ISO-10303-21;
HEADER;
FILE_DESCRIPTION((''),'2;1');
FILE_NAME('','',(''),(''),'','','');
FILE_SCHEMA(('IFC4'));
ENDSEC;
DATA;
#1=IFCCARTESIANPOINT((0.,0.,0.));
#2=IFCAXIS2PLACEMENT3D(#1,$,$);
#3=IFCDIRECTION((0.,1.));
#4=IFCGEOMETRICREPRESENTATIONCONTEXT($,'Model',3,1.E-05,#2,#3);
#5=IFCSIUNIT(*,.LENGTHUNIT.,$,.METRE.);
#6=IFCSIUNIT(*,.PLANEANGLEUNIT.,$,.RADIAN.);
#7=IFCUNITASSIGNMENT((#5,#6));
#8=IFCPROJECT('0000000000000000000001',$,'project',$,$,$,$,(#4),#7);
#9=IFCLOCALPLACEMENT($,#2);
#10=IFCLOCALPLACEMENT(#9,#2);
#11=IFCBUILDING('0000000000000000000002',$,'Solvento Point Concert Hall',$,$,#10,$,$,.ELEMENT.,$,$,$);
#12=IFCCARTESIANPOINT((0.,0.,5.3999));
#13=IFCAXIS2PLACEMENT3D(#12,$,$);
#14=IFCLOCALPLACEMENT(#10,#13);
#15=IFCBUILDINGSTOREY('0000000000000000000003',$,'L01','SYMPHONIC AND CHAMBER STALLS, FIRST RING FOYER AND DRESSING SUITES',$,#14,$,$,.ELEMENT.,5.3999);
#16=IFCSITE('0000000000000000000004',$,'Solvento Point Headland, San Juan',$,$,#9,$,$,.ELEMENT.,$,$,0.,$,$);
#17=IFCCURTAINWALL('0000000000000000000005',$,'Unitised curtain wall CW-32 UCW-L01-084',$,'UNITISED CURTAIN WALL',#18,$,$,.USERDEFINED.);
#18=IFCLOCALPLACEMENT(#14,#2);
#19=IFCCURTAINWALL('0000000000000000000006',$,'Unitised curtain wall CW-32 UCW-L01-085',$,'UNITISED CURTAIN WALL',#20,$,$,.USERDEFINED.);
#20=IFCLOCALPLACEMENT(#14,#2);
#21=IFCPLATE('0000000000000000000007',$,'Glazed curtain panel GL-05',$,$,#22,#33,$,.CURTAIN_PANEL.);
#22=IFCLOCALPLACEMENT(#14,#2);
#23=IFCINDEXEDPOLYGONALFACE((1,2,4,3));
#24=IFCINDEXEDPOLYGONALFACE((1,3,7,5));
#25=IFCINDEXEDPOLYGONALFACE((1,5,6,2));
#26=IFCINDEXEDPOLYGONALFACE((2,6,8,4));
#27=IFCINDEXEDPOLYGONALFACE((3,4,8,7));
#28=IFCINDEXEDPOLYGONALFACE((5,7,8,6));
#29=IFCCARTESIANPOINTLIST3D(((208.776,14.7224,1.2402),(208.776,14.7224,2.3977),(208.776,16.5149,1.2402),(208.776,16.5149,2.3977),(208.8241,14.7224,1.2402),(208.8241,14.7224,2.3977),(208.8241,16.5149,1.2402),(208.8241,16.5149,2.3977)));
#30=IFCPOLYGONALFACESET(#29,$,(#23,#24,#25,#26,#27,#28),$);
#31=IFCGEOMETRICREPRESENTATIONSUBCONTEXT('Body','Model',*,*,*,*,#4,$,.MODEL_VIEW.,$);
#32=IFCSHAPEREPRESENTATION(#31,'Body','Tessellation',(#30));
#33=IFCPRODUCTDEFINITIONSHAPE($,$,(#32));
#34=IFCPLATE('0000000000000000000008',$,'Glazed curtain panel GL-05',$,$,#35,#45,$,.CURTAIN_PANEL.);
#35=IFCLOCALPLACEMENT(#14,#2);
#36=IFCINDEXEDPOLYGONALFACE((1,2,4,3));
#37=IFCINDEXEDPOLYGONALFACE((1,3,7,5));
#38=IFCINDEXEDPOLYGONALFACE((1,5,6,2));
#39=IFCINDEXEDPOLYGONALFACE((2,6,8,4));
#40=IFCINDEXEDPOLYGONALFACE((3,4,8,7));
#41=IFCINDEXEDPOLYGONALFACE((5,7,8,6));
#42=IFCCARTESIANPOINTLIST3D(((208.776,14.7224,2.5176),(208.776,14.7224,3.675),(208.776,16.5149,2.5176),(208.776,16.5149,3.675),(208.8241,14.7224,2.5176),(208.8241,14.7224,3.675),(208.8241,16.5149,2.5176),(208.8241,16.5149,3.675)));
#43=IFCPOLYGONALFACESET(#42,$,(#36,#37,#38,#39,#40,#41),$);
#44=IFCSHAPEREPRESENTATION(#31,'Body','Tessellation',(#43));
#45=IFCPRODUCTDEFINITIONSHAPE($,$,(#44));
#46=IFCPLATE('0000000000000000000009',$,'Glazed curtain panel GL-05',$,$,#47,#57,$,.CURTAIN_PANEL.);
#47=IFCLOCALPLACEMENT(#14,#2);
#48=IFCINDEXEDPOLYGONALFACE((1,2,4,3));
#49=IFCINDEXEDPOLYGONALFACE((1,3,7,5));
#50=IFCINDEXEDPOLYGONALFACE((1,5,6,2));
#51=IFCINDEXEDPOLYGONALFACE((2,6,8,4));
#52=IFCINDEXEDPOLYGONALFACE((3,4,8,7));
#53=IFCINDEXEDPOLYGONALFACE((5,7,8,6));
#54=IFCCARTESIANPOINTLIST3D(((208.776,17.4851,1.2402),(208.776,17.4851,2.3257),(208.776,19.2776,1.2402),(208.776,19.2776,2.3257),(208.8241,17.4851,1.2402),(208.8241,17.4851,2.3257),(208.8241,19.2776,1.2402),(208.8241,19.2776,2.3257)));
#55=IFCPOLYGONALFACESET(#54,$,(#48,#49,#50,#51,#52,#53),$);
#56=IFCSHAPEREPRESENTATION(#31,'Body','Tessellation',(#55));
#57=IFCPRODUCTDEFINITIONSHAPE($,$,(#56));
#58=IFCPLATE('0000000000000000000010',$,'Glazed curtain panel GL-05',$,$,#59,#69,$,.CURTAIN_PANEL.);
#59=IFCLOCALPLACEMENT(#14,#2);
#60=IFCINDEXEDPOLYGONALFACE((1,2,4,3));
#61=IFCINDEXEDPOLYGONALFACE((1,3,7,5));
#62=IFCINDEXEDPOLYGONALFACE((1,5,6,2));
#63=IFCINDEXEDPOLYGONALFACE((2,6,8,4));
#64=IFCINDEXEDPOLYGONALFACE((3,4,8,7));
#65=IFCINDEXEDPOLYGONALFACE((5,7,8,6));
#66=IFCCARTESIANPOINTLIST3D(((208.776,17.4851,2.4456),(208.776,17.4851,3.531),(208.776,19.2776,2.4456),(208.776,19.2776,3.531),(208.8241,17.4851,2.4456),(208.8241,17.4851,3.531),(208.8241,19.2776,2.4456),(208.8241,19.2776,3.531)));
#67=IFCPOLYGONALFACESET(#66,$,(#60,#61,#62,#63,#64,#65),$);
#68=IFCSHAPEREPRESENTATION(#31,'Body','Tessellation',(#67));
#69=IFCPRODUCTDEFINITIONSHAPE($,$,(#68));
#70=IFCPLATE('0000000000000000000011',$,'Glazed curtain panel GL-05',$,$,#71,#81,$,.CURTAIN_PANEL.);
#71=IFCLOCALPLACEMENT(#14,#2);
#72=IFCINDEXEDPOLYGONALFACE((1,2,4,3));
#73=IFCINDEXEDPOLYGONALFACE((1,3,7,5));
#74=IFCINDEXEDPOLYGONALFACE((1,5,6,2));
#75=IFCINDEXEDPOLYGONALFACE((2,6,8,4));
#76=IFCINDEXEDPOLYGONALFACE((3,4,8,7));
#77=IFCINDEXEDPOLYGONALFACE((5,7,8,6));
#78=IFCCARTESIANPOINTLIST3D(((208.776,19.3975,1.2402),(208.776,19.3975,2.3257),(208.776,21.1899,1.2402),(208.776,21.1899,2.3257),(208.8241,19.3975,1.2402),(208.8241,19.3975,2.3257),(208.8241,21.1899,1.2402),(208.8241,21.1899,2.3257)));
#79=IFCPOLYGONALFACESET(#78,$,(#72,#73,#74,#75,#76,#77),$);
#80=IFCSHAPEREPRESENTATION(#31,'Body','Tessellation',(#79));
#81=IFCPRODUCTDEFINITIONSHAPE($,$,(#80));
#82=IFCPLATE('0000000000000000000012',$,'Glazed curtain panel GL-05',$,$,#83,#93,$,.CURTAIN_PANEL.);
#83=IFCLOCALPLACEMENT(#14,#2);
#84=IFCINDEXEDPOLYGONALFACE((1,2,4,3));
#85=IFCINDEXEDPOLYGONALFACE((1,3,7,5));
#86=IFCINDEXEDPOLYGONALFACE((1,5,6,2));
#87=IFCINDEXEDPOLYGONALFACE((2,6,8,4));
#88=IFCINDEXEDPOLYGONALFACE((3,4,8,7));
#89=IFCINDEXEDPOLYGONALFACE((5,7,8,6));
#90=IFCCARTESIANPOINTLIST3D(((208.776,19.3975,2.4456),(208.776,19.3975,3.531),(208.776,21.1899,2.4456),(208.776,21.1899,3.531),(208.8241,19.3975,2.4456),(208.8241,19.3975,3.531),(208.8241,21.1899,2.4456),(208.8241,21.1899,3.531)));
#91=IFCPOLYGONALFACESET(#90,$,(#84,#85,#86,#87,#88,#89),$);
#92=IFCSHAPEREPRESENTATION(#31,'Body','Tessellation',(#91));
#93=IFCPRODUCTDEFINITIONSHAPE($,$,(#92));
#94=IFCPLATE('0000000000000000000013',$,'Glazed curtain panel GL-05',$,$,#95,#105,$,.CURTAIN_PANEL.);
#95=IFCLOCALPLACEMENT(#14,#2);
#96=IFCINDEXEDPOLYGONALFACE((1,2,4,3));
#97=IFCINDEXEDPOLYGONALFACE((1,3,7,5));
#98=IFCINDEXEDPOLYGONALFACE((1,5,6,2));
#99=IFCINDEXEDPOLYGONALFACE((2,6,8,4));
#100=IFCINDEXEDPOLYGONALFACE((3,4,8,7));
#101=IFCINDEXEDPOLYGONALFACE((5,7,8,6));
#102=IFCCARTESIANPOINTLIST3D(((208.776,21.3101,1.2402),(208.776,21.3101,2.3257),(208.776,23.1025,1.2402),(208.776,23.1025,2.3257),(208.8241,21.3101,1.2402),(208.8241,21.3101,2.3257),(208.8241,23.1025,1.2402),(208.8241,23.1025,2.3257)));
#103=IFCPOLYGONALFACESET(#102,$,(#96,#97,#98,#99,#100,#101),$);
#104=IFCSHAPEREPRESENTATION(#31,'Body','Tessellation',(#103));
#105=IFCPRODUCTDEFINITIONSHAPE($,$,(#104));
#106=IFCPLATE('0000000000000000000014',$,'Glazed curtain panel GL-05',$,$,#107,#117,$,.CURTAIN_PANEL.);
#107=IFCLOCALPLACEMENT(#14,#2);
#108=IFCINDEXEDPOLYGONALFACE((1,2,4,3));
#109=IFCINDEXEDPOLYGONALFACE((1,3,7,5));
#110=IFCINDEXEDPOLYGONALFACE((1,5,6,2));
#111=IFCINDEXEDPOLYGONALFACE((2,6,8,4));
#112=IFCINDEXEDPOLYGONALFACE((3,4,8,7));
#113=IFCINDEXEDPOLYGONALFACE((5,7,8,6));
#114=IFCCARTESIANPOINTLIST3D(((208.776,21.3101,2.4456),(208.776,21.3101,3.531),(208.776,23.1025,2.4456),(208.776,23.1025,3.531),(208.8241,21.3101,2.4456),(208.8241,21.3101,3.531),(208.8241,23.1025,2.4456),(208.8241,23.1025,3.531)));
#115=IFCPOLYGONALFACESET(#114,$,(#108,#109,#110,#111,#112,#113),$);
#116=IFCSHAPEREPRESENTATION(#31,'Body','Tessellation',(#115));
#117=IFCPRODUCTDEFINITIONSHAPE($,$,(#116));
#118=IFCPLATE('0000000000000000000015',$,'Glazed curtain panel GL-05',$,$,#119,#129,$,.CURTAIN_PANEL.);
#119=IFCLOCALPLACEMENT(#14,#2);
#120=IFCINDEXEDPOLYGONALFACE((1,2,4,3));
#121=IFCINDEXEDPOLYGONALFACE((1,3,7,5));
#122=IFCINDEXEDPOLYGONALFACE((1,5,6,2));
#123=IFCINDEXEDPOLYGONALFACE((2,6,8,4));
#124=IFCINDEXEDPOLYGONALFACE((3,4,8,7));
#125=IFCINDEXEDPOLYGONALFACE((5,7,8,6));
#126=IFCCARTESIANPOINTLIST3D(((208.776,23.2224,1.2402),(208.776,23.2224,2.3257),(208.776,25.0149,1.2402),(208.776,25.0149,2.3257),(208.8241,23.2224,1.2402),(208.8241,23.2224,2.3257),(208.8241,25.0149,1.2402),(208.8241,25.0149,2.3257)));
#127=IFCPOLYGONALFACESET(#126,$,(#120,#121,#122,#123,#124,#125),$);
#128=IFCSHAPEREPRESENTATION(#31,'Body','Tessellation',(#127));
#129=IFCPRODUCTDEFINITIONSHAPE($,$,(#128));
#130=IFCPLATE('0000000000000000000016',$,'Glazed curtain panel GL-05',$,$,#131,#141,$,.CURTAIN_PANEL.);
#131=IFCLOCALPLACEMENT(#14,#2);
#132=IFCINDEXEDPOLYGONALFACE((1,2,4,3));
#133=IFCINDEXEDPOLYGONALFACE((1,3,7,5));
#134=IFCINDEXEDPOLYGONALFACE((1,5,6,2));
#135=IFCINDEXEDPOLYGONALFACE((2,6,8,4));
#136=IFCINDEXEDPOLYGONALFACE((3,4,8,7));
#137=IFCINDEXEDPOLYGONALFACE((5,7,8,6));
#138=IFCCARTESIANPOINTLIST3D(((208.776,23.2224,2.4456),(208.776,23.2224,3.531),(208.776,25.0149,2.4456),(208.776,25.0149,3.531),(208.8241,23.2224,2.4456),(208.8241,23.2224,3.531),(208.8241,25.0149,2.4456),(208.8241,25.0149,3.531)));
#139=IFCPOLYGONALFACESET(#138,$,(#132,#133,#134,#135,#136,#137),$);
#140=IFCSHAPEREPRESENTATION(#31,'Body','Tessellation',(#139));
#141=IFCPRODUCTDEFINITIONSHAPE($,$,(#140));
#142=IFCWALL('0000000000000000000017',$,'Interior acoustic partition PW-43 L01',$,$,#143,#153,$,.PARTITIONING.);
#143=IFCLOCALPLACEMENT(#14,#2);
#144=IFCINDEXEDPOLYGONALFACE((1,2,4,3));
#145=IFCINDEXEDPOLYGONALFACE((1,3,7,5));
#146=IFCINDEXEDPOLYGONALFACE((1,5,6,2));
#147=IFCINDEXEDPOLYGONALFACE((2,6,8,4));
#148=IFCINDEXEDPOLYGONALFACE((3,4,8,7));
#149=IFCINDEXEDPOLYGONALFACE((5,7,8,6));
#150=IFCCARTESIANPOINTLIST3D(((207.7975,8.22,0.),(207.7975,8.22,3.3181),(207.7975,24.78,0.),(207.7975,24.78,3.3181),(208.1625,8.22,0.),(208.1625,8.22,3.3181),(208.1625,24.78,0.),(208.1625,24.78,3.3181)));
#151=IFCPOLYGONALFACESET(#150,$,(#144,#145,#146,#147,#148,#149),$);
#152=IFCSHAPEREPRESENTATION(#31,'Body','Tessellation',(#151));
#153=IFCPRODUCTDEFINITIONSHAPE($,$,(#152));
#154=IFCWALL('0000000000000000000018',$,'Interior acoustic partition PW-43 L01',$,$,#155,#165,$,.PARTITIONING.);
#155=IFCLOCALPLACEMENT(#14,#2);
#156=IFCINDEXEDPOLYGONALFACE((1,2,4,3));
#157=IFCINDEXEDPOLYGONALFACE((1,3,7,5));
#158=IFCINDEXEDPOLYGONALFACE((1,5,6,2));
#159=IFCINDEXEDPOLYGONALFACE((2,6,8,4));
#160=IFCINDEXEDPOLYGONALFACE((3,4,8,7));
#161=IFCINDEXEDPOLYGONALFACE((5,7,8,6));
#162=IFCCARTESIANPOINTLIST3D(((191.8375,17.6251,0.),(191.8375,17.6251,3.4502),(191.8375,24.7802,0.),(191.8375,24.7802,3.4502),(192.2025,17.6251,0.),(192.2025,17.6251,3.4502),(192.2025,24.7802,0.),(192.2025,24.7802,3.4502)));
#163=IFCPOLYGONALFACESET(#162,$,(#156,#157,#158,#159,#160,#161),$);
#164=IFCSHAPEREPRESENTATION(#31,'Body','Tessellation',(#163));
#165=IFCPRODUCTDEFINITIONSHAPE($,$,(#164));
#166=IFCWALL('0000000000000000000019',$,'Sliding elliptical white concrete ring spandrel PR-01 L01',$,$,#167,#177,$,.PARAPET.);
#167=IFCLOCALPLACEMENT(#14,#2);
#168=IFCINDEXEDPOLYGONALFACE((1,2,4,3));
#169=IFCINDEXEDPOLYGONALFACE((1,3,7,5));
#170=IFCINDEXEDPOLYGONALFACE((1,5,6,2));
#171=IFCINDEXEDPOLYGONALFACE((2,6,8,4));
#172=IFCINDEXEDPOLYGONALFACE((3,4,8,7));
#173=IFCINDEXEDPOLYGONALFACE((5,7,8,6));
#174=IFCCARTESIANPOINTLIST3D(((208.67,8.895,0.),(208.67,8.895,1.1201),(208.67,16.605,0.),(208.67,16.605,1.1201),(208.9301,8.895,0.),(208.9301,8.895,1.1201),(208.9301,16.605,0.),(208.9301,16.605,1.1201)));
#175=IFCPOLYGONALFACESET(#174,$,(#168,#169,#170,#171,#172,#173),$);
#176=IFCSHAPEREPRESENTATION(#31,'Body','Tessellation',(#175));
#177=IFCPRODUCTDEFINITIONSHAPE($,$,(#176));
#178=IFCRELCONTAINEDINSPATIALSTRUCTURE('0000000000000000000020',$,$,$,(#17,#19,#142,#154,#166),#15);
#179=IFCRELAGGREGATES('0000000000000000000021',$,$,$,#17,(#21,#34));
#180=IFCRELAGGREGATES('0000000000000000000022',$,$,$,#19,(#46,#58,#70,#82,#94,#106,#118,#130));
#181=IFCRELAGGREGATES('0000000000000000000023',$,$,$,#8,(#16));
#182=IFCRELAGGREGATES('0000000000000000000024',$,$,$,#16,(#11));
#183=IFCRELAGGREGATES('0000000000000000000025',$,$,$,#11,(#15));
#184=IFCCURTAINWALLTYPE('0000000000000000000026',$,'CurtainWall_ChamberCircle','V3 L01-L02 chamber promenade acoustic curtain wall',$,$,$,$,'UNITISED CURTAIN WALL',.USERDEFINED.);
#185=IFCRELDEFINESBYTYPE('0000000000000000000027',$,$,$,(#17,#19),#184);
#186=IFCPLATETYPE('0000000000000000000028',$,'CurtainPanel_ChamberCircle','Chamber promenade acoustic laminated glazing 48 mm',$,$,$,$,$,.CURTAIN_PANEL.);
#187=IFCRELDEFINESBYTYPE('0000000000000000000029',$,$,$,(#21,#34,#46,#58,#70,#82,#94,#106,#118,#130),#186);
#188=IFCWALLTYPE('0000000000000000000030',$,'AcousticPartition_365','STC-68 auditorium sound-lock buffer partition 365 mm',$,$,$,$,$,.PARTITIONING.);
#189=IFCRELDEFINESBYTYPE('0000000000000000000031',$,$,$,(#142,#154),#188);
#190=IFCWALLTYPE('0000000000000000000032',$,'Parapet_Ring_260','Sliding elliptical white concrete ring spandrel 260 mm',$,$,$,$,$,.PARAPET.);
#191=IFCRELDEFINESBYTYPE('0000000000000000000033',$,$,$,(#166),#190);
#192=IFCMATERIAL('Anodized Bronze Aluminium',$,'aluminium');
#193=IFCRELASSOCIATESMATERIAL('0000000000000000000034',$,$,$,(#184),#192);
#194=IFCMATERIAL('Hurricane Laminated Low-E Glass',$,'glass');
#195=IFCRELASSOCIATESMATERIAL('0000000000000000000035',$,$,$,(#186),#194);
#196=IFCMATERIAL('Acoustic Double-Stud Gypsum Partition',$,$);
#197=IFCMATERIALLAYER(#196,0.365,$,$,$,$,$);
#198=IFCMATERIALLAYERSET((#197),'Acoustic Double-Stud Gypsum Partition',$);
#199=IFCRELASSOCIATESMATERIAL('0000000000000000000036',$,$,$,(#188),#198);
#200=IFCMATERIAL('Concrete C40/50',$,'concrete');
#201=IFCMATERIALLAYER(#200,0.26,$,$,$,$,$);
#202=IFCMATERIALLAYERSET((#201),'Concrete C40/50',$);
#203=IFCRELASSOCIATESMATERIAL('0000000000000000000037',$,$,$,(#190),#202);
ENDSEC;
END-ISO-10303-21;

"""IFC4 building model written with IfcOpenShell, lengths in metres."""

from ifc_helpers import new_model, si_unit, direction, frame, frame_2d, origin, origin_2d, place, context, subcontext, project, spatial, rectangle, extrude, material, layer, layer_set, type_object, element, aggregate, save


model = new_model("IFC4")

# Units and contexts
model_context = context("Model", 3, precision=1e-05, world=origin(), true_north=direction((0.0, 1.0)))
body_context = subcontext(model_context, "Body", "Model", "MODEL_VIEW")
ifc_project = project(units=[si_unit("LENGTHUNIT", "METRE"), si_unit("PLANEANGLEUNIT", "RADIAN")], contexts=[model_context])

# Site, building, storey
site_placement = place(None, origin())
site = spatial("IfcSite", under=ifc_project, at=site_placement, Name="Solvento Point Headland, San Juan", CompositionType="ELEMENT", RefElevation=0.0)
building_placement = place(site_placement, origin())
building = spatial("IfcBuilding", under=site, at=building_placement, Name="Solvento Point Concert Hall", CompositionType="ELEMENT")
storey_placement = place(building_placement, frame((0.0, 0.0, 5.3999)))
storey = spatial("IfcBuildingStorey", under=building, at=storey_placement, Name="L01", Description="SYMPHONIC AND CHAMBER STALLS, FIRST RING FOYER AND DRESSING SUITES", CompositionType="ELEMENT", Elevation=5.3999)

# Curtain walls
ifc_material_1 = material(Name="Anodized Bronze Aluminium", Category="aluminium")
curtain_wall_type = type_object("IfcCurtainWallType", Name="CurtainWall_ChamberCircle", Description="V3 L01-L02 chamber promenade acoustic curtain wall", ElementType="UNITISED CURTAIN WALL", PredefinedType="USERDEFINED", material=ifc_material_1)
curtain_wall_1_placement = place(storey_placement, origin())
curtain_wall_1 = element("IfcCurtainWall", 1, at=curtain_wall_1_placement, inside=storey, type_object=curtain_wall_type, Name="Unitised curtain wall CW-32 UCW-L01-084", ObjectType="UNITISED CURTAIN WALL", PredefinedType="USERDEFINED")
curtain_wall_2_placement = place(storey_placement, origin())
curtain_wall_2 = element("IfcCurtainWall", 2, at=curtain_wall_2_placement, inside=storey, type_object=curtain_wall_type, Name="Unitised curtain wall CW-32 UCW-L01-085", ObjectType="UNITISED CURTAIN WALL", PredefinedType="USERDEFINED")

# Plates
ifc_material_2 = material(Name="Hurricane Laminated Low-E Glass", Category="glass")
plate_type = type_object("IfcPlateType", Name="CurtainPanel_ChamberCircle", Description="Chamber promenade acoustic laminated glazing 48 mm", PredefinedType="CURTAIN_PANEL", material=ifc_material_2)
plate_1_placement = place(storey_placement, frame((208.8, 15.6187, 1.2402), z_axis=(0.0, 0.0, 1.0), x_axis=(0.0, 1.0, 0.0)))
plate_1 = element("IfcPlate", 3, at=plate_1_placement, type_object=plate_type, Name="Glazed curtain panel GL-05", PredefinedType="CURTAIN_PANEL", context=body_context, shape_type="SweptSolid", body=[
    extrude(rectangle(XDim=1.7925, YDim=0.0481, at=origin_2d()), origin(), (0.0, 0.0, 1.0), 1.1575),
])
plate_2_placement = place(storey_placement, frame((208.8, 15.6187, 2.5176), z_axis=(0.0, 0.0, 1.0), x_axis=(0.0, 1.0, 0.0)))
plate_2 = element("IfcPlate", 4, at=plate_2_placement, type_object=plate_type, Name="Glazed curtain panel GL-05", PredefinedType="CURTAIN_PANEL", context=body_context, shape_type="SweptSolid", body=[
    extrude(rectangle(XDim=1.7925, YDim=0.0481, at=origin_2d()), origin(), (0.0, 0.0, 1.0), 1.1575),
])
aggregate(curtain_wall_1, [plate_1, plate_2])
plate_3_placement = place(storey_placement, frame((208.8, 18.3813, 1.2402), z_axis=(0.0, 0.0, 1.0), x_axis=(0.0, 1.0, 0.0)))
plate_3 = element("IfcPlate", 5, at=plate_3_placement, type_object=plate_type, Name="Glazed curtain panel GL-05", PredefinedType="CURTAIN_PANEL", context=body_context, shape_type="SweptSolid", body=[
    extrude(rectangle(XDim=1.7925, YDim=0.0481, at=origin_2d()), origin(), (0.0, 0.0, 1.0), 1.0854),
])
plate_4_placement = place(storey_placement, frame((208.8, 18.3813, 2.4456), z_axis=(0.0, 0.0, 1.0), x_axis=(0.0, 1.0, 0.0)))
plate_4 = element("IfcPlate", 6, at=plate_4_placement, type_object=plate_type, Name="Glazed curtain panel GL-05", PredefinedType="CURTAIN_PANEL", context=body_context, shape_type="SweptSolid", body=[
    extrude(rectangle(XDim=1.7925, YDim=0.0481, at=origin_2d()), origin(), (0.0, 0.0, 1.0), 1.0854),
])
plate_5_placement = place(storey_placement, frame((208.8, 20.2937, 1.2402), z_axis=(0.0, 0.0, 1.0), x_axis=(0.0, 1.0, 0.0)))
plate_5 = element("IfcPlate", 7, at=plate_5_placement, type_object=plate_type, Name="Glazed curtain panel GL-05", PredefinedType="CURTAIN_PANEL", context=body_context, shape_type="SweptSolid", body=[
    extrude(rectangle(XDim=1.7925, YDim=0.0481, at=origin_2d()), origin(), (0.0, 0.0, 1.0), 1.0854),
])
plate_6_placement = place(storey_placement, frame((208.8, 20.2937, 2.4456), z_axis=(0.0, 0.0, 1.0), x_axis=(0.0, 1.0, 0.0)))
plate_6 = element("IfcPlate", 8, at=plate_6_placement, type_object=plate_type, Name="Glazed curtain panel GL-05", PredefinedType="CURTAIN_PANEL", context=body_context, shape_type="SweptSolid", body=[
    extrude(rectangle(XDim=1.7925, YDim=0.0481, at=origin_2d()), origin(), (0.0, 0.0, 1.0), 1.0854),
])
plate_7_placement = place(storey_placement, frame((208.8, 22.2063, 1.2402), z_axis=(0.0, 0.0, 1.0), x_axis=(0.0, 1.0, 0.0)))
plate_7 = element("IfcPlate", 9, at=plate_7_placement, type_object=plate_type, Name="Glazed curtain panel GL-05", PredefinedType="CURTAIN_PANEL", context=body_context, shape_type="SweptSolid", body=[
    extrude(rectangle(XDim=1.7925, YDim=0.0481, at=origin_2d()), origin(), (0.0, 0.0, 1.0), 1.0854),
])
plate_8_placement = place(storey_placement, frame((208.8, 22.2063, 2.4456), z_axis=(0.0, 0.0, 1.0), x_axis=(0.0, 1.0, 0.0)))
plate_8 = element("IfcPlate", 10, at=plate_8_placement, type_object=plate_type, Name="Glazed curtain panel GL-05", PredefinedType="CURTAIN_PANEL", context=body_context, shape_type="SweptSolid", body=[
    extrude(rectangle(XDim=1.7925, YDim=0.0481, at=origin_2d()), origin(), (0.0, 0.0, 1.0), 1.0854),
])
plate_9_placement = place(storey_placement, frame((208.8, 24.1187, 1.2402), z_axis=(0.0, 0.0, 1.0), x_axis=(0.0, 1.0, 0.0)))
plate_9 = element("IfcPlate", 11, at=plate_9_placement, type_object=plate_type, Name="Glazed curtain panel GL-05", PredefinedType="CURTAIN_PANEL", context=body_context, shape_type="SweptSolid", body=[
    extrude(rectangle(XDim=1.7925, YDim=0.0481, at=origin_2d()), origin(), (0.0, 0.0, 1.0), 1.0854),
])
plate_10_placement = place(storey_placement, frame((208.8, 24.1187, 2.4456), z_axis=(0.0, 0.0, 1.0), x_axis=(0.0, 1.0, 0.0)))
plate_10 = element("IfcPlate", 12, at=plate_10_placement, type_object=plate_type, Name="Glazed curtain panel GL-05", PredefinedType="CURTAIN_PANEL", context=body_context, shape_type="SweptSolid", body=[
    extrude(rectangle(XDim=1.7925, YDim=0.0481, at=origin_2d()), origin(), (0.0, 0.0, 1.0), 1.0854),
])
aggregate(curtain_wall_2, [plate_3, plate_4, plate_5, plate_6, plate_7, plate_8, plate_9, plate_10])

# Walls
ifc_material_3 = material(Name="Acoustic Double-Stud Gypsum Partition")
ifc_layer_1 = layer(ifc_material_3, 0.365)
ifc_layer_set_1 = layer_set([ifc_layer_1], Name="Acoustic Double-Stud Gypsum Partition")
wall_type_1 = type_object("IfcWallType", Name="AcousticPartition_365", Description="STC-68 auditorium sound-lock buffer partition 365 mm", PredefinedType="PARTITIONING", material=ifc_layer_set_1)
wall_1_placement = place(storey_placement, frame((207.98, 24.78, 0.0), z_axis=(0.0, 0.0, 1.0), x_axis=(0.0, -1.0, 0.0)))
element("IfcWall", 13, at=wall_1_placement, inside=storey, type_object=wall_type_1, Name="Interior acoustic partition PW-43 L01", PredefinedType="PARTITIONING", context=body_context, shape_type="SweptSolid", body=[
    extrude(rectangle(XDim=16.5601, YDim=0.365, at=frame_2d((8.28, 0.0))), origin(), (0.0, 0.0, 1.0), 3.3181),
])
wall_2_placement = place(storey_placement, frame((192.02, 17.625, 0.0), z_axis=(0.0, 0.0, 1.0), x_axis=(0.0, 1.0, 0.0)))
element("IfcWall", 14, at=wall_2_placement, inside=storey, type_object=wall_type_1, Name="Interior acoustic partition PW-43 L01", PredefinedType="PARTITIONING", context=body_context, shape_type="SweptSolid", body=[
    extrude(rectangle(XDim=7.155, YDim=0.365, at=frame_2d((3.5776, 0.0))), origin(), (0.0, 0.0, 1.0), 3.4502),
])
ifc_material_4 = material(Name="Concrete C40/50", Category="concrete")
ifc_layer_2 = layer(ifc_material_4, 0.26)
ifc_layer_set_2 = layer_set([ifc_layer_2], Name="Concrete C40/50")
wall_type_2 = type_object("IfcWallType", Name="Parapet_Ring_260", Description="Sliding elliptical white concrete ring spandrel 260 mm", PredefinedType="PARAPET", material=ifc_layer_set_2)
wall_3_placement = place(storey_placement, frame((208.8, 16.605, 0.0), z_axis=(0.0, 0.0, 1.0), x_axis=(0.0, -1.0, 0.0)))
element("IfcWall", 15, at=wall_3_placement, inside=storey, type_object=wall_type_2, Name="Sliding elliptical white concrete ring spandrel PR-01 L01", PredefinedType="PARAPET", context=body_context, shape_type="SweptSolid", body=[
    extrude(rectangle(XDim=7.71, YDim=0.26, at=frame_2d((3.855, 0.0))), origin(), (0.0, 0.0, 1.0), 1.1201),
])

save(model, "model.ifc")
